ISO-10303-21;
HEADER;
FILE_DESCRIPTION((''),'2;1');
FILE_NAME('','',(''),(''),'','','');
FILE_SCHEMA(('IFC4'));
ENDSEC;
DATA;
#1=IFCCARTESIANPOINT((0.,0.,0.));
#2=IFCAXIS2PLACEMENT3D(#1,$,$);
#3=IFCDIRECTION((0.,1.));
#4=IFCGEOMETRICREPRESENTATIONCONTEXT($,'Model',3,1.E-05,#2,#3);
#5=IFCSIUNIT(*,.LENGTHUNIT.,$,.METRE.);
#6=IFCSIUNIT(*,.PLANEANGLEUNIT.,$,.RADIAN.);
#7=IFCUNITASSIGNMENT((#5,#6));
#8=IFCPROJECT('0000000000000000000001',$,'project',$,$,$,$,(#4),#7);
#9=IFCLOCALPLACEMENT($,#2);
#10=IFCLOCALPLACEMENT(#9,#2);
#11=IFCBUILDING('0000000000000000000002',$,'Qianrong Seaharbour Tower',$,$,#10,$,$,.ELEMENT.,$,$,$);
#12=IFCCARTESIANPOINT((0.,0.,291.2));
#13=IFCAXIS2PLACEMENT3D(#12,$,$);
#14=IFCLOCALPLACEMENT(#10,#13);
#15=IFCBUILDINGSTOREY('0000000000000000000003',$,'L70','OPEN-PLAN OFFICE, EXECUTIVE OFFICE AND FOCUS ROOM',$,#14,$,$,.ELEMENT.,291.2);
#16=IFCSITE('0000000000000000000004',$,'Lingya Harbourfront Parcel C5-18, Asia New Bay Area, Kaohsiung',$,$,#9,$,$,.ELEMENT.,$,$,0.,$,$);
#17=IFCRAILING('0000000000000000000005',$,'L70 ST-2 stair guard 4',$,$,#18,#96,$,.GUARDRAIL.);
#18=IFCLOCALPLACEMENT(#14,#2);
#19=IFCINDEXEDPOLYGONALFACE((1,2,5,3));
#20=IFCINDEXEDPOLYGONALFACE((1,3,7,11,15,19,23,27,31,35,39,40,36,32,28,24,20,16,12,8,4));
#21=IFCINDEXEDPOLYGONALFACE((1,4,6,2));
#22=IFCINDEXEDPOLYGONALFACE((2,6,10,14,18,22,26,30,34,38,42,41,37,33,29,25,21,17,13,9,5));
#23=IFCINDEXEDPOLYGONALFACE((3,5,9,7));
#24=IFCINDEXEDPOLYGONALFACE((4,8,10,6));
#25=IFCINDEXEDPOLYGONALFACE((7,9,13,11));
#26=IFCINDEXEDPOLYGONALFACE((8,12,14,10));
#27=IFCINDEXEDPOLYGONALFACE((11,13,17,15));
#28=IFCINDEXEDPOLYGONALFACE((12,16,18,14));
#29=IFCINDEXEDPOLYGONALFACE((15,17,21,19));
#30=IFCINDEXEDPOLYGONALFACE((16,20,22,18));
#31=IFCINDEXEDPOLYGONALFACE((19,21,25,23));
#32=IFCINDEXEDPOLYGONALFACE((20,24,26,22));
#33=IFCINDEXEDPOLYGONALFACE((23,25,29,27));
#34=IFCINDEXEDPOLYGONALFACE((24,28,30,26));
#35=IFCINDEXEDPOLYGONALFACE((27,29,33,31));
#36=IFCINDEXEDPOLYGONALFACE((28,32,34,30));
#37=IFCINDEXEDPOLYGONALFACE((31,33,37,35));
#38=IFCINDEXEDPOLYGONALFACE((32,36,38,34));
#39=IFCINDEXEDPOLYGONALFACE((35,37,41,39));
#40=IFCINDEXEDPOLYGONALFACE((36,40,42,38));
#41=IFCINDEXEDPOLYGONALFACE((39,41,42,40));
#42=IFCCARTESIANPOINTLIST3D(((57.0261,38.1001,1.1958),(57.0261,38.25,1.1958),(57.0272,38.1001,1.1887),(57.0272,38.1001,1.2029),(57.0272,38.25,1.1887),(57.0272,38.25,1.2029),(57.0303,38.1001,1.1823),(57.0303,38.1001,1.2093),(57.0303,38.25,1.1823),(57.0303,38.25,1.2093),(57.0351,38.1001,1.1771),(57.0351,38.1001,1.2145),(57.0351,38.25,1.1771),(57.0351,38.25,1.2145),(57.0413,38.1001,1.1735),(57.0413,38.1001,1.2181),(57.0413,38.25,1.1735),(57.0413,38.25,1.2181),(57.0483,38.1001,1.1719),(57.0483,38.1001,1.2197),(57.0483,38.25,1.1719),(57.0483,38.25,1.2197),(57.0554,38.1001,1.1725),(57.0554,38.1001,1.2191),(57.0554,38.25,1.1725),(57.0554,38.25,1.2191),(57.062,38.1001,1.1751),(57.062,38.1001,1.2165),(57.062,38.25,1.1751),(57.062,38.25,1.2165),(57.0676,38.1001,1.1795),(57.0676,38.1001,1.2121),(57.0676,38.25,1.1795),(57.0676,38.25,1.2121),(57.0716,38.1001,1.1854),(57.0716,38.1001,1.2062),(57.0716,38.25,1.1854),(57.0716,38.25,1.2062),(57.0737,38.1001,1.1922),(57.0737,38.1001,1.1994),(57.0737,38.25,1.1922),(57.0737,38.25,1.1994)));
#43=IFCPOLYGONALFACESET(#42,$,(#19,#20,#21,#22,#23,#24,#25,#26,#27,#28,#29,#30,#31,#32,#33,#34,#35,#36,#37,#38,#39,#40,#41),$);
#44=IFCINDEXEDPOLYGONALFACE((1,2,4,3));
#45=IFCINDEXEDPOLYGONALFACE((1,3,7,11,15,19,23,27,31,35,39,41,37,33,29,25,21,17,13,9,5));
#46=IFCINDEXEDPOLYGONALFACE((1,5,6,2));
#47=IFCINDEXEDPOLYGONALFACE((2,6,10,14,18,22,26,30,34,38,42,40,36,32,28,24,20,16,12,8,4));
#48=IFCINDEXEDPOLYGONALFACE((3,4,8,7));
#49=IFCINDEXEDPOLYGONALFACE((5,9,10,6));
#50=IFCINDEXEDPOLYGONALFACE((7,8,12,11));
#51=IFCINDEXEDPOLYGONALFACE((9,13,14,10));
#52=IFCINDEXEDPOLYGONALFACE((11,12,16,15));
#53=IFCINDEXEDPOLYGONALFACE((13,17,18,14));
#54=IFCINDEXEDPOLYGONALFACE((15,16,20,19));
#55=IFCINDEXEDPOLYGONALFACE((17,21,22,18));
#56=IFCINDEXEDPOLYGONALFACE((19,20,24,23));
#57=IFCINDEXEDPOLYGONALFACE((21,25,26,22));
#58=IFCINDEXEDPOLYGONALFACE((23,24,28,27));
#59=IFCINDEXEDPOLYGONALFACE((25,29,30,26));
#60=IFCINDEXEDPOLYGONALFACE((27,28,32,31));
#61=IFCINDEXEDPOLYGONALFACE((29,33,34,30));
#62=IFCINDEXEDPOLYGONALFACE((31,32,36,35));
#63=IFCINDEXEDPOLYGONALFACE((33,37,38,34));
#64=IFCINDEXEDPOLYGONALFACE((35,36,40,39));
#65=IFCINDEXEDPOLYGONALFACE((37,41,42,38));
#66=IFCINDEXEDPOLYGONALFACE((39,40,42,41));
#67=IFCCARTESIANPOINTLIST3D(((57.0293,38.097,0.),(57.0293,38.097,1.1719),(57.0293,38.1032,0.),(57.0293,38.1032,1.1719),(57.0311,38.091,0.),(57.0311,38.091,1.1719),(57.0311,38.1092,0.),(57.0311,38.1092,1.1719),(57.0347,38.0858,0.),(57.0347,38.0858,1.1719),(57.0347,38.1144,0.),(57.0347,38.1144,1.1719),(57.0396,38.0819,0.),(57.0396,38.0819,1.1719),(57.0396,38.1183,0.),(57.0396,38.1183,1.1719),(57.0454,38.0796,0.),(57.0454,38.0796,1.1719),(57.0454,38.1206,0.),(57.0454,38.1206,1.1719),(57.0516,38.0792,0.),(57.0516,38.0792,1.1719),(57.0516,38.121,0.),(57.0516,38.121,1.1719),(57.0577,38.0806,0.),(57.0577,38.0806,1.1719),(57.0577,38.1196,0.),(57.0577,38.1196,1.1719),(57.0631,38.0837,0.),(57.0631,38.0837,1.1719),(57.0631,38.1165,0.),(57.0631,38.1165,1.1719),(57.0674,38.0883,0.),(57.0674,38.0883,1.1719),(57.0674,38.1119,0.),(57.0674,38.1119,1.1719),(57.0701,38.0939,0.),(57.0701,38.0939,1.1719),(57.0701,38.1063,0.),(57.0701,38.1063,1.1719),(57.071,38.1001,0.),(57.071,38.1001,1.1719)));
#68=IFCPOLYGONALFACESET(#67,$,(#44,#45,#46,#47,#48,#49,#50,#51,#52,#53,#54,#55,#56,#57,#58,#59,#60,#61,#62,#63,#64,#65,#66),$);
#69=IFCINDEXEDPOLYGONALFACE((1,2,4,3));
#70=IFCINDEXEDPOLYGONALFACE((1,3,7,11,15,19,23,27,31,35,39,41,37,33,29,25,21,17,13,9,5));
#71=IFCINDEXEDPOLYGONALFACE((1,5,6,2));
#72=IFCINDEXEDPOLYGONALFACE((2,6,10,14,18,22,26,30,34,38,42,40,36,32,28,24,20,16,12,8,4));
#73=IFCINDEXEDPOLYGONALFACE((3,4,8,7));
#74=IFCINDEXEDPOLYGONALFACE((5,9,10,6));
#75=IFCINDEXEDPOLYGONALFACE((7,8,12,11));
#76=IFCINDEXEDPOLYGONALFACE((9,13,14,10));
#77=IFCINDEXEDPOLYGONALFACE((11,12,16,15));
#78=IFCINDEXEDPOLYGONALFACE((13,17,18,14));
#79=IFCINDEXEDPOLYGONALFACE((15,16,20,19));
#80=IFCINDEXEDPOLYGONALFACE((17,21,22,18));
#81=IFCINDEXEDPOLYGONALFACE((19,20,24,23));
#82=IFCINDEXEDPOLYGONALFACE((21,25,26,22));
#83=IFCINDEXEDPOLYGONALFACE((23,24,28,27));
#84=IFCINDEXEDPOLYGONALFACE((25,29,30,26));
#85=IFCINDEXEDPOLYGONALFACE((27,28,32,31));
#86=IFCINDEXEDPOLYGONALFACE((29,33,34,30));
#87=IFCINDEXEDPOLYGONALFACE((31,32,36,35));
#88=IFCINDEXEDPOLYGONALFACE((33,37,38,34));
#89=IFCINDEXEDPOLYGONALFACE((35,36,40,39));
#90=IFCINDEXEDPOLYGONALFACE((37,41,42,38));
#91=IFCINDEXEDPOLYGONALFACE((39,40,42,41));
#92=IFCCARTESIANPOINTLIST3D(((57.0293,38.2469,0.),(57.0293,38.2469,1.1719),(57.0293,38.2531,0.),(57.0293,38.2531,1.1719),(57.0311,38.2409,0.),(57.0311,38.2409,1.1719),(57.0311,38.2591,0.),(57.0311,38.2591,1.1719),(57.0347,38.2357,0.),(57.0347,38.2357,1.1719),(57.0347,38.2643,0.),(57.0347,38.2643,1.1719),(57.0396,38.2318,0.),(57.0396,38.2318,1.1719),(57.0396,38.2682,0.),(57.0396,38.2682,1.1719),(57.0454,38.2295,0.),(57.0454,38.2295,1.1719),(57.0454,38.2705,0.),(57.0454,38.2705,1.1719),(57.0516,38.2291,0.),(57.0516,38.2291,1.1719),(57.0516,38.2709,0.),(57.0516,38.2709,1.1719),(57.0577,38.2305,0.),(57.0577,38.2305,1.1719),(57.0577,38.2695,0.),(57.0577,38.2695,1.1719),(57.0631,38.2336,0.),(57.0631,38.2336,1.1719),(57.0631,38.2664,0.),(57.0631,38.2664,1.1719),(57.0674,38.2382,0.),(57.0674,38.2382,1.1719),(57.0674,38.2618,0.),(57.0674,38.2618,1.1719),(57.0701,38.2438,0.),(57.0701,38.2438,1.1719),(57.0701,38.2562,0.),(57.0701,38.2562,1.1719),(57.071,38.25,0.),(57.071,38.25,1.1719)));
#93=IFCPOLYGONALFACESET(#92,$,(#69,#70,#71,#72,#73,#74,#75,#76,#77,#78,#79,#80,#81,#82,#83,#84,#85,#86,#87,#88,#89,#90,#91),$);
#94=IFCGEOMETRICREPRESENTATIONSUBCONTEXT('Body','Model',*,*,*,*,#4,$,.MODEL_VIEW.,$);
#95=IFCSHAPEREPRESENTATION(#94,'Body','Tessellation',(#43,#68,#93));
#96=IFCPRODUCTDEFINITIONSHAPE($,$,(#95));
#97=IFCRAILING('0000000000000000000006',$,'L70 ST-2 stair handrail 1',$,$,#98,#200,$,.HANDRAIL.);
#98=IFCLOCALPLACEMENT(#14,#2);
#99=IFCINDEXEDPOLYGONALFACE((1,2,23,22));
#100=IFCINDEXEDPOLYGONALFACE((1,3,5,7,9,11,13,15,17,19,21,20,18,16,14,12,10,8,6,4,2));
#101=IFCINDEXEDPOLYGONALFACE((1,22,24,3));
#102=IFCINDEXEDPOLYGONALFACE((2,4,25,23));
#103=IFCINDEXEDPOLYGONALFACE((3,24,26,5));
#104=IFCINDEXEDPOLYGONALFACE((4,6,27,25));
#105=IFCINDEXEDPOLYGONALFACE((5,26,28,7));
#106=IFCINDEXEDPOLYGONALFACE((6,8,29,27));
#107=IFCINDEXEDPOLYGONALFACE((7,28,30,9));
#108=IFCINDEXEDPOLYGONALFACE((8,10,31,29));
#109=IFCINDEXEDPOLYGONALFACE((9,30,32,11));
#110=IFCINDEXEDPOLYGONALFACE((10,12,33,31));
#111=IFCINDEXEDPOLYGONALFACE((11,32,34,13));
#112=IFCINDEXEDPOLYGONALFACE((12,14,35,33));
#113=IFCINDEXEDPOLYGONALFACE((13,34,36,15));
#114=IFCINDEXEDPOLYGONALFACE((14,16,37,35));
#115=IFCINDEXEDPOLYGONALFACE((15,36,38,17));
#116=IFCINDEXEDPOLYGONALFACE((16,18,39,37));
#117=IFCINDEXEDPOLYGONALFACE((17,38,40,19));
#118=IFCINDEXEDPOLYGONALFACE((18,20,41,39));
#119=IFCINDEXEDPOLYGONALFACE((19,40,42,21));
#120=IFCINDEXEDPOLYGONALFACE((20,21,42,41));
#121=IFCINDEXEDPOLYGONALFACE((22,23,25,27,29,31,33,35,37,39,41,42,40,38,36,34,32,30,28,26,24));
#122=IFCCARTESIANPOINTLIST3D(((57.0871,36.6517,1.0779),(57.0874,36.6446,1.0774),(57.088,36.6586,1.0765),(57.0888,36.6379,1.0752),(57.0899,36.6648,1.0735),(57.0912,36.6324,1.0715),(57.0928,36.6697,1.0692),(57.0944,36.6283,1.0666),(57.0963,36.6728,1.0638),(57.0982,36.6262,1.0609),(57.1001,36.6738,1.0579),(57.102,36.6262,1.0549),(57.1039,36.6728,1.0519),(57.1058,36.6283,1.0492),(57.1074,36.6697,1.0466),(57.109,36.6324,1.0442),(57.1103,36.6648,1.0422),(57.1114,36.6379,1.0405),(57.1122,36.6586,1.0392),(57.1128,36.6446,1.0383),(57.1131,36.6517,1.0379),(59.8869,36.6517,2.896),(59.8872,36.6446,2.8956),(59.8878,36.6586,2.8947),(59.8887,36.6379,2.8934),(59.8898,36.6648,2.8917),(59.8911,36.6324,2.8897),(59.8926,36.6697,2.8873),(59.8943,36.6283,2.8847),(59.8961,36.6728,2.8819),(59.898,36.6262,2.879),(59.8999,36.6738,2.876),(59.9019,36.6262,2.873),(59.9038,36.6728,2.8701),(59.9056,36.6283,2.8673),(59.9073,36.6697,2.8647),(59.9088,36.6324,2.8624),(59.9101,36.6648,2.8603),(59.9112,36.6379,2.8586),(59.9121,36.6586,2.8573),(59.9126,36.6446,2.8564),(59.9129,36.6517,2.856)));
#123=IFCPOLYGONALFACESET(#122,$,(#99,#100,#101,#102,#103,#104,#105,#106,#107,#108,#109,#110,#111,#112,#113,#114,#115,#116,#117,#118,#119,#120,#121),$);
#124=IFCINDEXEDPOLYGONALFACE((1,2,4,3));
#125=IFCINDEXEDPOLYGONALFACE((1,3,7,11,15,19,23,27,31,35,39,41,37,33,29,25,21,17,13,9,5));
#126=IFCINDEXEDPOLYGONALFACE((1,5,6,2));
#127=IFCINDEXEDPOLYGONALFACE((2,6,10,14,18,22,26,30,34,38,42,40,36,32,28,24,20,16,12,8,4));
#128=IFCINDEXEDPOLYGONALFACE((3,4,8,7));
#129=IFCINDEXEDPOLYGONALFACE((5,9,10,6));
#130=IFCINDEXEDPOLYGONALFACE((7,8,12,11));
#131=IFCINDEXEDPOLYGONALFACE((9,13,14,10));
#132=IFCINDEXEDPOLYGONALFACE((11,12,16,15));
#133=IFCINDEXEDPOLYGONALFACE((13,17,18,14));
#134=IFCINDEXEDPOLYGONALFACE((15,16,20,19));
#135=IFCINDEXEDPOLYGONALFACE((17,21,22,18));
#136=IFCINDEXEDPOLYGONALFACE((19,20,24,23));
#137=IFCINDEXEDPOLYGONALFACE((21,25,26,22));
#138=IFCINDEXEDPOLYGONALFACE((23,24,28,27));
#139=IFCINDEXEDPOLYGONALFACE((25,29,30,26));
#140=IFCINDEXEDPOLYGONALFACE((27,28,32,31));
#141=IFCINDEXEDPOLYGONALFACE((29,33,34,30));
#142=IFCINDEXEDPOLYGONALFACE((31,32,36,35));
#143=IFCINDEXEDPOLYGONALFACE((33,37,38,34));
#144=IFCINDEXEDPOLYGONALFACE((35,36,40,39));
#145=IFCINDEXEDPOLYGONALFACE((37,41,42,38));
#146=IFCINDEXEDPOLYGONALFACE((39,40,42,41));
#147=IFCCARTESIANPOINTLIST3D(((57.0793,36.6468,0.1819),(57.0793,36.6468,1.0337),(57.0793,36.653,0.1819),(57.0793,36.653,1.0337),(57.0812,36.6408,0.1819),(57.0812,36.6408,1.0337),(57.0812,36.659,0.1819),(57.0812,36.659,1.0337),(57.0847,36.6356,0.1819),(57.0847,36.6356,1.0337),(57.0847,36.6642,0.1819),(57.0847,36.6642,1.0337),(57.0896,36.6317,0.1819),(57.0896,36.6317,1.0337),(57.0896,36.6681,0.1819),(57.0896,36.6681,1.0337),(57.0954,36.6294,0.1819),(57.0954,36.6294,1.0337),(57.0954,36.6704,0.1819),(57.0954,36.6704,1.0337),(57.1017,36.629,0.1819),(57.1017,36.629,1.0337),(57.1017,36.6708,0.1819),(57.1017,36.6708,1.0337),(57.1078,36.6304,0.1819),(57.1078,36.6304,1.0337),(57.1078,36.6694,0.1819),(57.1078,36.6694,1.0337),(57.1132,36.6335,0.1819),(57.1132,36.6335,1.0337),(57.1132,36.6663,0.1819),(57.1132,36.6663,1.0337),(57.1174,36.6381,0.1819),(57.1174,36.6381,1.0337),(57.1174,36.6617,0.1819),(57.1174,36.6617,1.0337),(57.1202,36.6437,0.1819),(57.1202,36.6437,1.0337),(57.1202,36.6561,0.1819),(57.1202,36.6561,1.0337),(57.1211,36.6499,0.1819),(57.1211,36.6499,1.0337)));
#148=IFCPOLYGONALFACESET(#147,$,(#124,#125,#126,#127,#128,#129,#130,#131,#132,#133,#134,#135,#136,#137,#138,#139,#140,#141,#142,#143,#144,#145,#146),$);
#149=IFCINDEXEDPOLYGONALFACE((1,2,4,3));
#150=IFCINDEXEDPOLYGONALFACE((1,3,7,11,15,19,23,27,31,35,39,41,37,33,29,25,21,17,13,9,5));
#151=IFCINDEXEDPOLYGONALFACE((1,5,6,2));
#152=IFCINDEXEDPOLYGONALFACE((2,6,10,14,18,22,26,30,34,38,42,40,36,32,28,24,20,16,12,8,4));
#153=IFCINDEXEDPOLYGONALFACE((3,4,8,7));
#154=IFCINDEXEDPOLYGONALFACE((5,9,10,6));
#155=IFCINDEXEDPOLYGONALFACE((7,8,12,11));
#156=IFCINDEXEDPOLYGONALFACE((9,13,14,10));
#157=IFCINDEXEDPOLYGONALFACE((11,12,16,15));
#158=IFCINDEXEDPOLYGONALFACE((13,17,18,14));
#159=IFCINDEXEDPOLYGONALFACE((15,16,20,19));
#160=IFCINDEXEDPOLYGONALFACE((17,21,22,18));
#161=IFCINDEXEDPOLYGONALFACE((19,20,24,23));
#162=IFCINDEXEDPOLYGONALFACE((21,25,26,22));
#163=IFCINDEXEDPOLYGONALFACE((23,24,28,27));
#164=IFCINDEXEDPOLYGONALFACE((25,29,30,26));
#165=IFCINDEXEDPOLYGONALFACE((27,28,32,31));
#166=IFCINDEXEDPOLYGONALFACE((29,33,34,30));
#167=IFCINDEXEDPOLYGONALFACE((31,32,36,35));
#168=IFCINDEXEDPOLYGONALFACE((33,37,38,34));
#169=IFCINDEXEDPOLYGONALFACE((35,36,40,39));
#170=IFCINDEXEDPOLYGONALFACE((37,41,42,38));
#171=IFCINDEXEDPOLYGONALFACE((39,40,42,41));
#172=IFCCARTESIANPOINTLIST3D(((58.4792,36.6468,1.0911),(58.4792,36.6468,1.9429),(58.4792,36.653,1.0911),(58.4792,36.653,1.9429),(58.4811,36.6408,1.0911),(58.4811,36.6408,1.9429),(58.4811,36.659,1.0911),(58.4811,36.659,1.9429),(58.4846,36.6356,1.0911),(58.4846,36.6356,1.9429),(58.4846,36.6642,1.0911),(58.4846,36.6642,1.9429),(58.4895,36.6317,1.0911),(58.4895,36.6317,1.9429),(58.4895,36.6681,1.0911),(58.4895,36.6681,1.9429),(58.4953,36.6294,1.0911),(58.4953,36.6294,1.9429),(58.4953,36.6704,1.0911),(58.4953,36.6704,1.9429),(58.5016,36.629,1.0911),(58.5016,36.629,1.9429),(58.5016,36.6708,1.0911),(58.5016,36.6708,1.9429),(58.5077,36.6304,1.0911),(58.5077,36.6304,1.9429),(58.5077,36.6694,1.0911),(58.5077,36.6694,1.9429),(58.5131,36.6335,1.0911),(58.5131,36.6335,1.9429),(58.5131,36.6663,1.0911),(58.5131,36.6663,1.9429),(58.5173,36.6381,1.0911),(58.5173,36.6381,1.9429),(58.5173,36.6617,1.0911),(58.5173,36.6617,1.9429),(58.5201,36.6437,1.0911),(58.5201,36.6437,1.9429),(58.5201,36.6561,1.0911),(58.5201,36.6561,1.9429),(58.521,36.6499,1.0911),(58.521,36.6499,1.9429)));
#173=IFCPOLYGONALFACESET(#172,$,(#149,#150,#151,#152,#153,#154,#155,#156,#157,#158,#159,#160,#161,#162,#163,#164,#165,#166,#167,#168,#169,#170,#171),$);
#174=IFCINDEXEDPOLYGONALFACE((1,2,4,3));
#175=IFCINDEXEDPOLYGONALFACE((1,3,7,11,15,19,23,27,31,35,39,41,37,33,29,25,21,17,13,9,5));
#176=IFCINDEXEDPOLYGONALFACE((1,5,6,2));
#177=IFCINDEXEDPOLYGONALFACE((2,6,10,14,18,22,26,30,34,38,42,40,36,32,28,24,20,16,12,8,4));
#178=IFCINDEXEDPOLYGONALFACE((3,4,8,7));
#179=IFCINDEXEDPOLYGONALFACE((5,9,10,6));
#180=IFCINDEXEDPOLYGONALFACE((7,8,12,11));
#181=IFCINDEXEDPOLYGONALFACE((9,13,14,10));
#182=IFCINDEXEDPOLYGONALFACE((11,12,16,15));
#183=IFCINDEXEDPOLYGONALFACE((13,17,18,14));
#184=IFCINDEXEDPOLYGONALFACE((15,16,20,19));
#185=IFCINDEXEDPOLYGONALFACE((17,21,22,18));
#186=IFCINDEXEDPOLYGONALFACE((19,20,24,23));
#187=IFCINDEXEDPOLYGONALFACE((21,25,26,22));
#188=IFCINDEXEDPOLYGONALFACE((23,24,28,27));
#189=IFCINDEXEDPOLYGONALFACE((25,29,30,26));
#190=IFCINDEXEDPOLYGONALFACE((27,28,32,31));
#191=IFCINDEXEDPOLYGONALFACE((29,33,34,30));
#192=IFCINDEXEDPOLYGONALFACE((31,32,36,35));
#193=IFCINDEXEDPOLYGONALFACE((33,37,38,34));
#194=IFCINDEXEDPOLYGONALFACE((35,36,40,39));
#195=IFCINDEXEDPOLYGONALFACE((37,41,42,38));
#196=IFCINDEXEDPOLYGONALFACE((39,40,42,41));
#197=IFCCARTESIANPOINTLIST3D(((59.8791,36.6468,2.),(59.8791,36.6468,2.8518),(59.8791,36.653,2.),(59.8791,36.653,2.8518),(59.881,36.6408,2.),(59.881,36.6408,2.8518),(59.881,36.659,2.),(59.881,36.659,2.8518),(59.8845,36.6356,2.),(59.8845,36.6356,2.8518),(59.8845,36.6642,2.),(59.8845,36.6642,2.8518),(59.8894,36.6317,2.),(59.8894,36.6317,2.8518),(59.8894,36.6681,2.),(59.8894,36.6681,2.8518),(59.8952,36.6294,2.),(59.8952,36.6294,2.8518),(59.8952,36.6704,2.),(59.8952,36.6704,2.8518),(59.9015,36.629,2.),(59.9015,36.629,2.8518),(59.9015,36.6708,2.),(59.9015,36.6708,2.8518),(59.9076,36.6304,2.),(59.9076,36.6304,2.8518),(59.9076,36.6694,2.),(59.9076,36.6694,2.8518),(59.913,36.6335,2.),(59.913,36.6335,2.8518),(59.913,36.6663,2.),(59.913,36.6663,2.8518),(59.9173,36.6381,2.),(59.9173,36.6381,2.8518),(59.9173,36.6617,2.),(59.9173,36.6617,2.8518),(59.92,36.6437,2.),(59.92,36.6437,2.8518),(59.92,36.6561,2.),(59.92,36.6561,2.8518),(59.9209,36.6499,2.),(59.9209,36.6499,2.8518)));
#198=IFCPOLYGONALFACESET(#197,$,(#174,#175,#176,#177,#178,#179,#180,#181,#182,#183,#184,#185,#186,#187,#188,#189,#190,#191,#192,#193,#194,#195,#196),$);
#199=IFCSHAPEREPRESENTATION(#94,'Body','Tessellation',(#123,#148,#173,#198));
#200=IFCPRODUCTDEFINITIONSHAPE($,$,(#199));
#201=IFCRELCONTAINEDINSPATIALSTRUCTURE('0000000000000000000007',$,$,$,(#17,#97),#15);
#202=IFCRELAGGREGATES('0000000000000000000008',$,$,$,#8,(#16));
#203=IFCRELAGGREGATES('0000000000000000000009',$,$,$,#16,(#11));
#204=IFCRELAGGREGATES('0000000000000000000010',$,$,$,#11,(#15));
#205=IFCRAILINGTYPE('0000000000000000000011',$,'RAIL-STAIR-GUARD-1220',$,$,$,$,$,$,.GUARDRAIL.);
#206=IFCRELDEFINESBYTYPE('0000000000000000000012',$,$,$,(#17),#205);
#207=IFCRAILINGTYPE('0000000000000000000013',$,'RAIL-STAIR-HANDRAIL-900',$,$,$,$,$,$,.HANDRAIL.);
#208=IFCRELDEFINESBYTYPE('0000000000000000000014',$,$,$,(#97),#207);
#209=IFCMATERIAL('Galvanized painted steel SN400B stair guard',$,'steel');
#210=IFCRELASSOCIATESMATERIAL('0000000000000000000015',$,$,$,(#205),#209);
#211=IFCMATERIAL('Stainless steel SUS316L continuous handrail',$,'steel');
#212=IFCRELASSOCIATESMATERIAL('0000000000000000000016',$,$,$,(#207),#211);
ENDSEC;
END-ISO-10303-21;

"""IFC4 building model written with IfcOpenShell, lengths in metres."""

from ifc_helpers import new_model, si_unit, direction, frame, origin, origin_2d, place, context, subcontext, project, spatial, circle, extrude, material, type_object, element, save


model = new_model("IFC4")

# Units and contexts
model_context = context("Model", 3, precision=1e-05, world=origin(), true_north=direction((0.0, 1.0)))
body_context = subcontext(model_context, "Body", "Model", "MODEL_VIEW")
ifc_project = project(units=[si_unit("LENGTHUNIT", "METRE"), si_unit("PLANEANGLEUNIT", "RADIAN")], contexts=[model_context])

# Site, building, storey
site_placement = place(None, origin())
site = spatial("IfcSite", under=ifc_project, at=site_placement, Name="Lingya Harbourfront Parcel C5-18, Asia New Bay Area, Kaohsiung", CompositionType="ELEMENT", RefElevation=0.0)
building_placement = place(site_placement, origin())
building = spatial("IfcBuilding", under=site, at=building_placement, Name="Qianrong Seaharbour Tower", CompositionType="ELEMENT")
storey_placement = place(building_placement, frame((0.0, 0.0, 291.2)))
storey = spatial("IfcBuildingStorey", under=building, at=storey_placement, Name="L70", Description="OPEN-PLAN OFFICE, EXECUTIVE OFFICE AND FOCUS ROOM", CompositionType="ELEMENT", Elevation=291.2)

# Railings
ifc_material_1 = material(Name="Galvanized painted steel SN400B stair guard", Category="steel")
railing_type_1 = type_object("IfcRailingType", Name="RAIL-STAIR-GUARD-1220", PredefinedType="GUARDRAIL", material=ifc_material_1)
railing_1_placement = place(storey_placement, frame((57.05, 38.1001, 0.0)))
element("IfcRailing", 1, at=railing_1_placement, inside=storey, type_object=railing_type_1, Name="L70 ST-2 stair guard 4", PredefinedType="GUARDRAIL", context=body_context, shape_type="SweptSolid", body=[
    extrude(circle(Radius=0.0239, at=origin_2d()), frame((0.0, 0.0, 1.1958), z_axis=(0.0, 1.0, 0.0), x_axis=(-1.0, 0.0, 0.0)), (0.0, 0.0, 1.0), 0.1499),
    extrude(circle(Radius=0.021, at=origin_2d()), origin(), (0.0, 0.0, 1.0), 1.1719),
    extrude(circle(Radius=0.021, at=origin_2d()), frame((0.0, 0.1499, 0.0)), (0.0, 0.0, 1.0), 1.1719),
])
ifc_material_2 = material(Name="Stainless steel SUS316L continuous handrail", Category="steel")
railing_type_2 = type_object("IfcRailingType", Name="RAIL-STAIR-HANDRAIL-900", PredefinedType="HANDRAIL", material=ifc_material_2)
railing_2_placement = place(storey_placement, frame((57.1001, 36.6499, 0.1819)))
element("IfcRailing", 2, at=railing_2_placement, inside=storey, type_object=railing_type_2, Name="L70 ST-2 stair handrail 1", PredefinedType="HANDRAIL", context=body_context, shape_type="SweptSolid", body=[
    extrude(circle(Radius=0.0239, at=origin_2d()), frame((0.0, 0.0, 0.876), z_axis=(0.838684, 0.0, 0.544618), x_axis=(0.0, 1.0, 0.0)), (0.0, 0.0, 1.0), 3.3384),
    extrude(circle(Radius=0.021, at=origin_2d()), origin(), (0.0, 0.0, 1.0), 0.8518),
    extrude(circle(Radius=0.021, at=origin_2d()), frame((1.3999, 0.0, 0.9092)), (0.0, 0.0, 1.0), 0.8518),
    extrude(circle(Radius=0.021, at=origin_2d()), frame((2.7998, 0.0, 1.8181)), (0.0, 0.0, 1.0), 0.8518),
])

save(model, "model.ifc")
